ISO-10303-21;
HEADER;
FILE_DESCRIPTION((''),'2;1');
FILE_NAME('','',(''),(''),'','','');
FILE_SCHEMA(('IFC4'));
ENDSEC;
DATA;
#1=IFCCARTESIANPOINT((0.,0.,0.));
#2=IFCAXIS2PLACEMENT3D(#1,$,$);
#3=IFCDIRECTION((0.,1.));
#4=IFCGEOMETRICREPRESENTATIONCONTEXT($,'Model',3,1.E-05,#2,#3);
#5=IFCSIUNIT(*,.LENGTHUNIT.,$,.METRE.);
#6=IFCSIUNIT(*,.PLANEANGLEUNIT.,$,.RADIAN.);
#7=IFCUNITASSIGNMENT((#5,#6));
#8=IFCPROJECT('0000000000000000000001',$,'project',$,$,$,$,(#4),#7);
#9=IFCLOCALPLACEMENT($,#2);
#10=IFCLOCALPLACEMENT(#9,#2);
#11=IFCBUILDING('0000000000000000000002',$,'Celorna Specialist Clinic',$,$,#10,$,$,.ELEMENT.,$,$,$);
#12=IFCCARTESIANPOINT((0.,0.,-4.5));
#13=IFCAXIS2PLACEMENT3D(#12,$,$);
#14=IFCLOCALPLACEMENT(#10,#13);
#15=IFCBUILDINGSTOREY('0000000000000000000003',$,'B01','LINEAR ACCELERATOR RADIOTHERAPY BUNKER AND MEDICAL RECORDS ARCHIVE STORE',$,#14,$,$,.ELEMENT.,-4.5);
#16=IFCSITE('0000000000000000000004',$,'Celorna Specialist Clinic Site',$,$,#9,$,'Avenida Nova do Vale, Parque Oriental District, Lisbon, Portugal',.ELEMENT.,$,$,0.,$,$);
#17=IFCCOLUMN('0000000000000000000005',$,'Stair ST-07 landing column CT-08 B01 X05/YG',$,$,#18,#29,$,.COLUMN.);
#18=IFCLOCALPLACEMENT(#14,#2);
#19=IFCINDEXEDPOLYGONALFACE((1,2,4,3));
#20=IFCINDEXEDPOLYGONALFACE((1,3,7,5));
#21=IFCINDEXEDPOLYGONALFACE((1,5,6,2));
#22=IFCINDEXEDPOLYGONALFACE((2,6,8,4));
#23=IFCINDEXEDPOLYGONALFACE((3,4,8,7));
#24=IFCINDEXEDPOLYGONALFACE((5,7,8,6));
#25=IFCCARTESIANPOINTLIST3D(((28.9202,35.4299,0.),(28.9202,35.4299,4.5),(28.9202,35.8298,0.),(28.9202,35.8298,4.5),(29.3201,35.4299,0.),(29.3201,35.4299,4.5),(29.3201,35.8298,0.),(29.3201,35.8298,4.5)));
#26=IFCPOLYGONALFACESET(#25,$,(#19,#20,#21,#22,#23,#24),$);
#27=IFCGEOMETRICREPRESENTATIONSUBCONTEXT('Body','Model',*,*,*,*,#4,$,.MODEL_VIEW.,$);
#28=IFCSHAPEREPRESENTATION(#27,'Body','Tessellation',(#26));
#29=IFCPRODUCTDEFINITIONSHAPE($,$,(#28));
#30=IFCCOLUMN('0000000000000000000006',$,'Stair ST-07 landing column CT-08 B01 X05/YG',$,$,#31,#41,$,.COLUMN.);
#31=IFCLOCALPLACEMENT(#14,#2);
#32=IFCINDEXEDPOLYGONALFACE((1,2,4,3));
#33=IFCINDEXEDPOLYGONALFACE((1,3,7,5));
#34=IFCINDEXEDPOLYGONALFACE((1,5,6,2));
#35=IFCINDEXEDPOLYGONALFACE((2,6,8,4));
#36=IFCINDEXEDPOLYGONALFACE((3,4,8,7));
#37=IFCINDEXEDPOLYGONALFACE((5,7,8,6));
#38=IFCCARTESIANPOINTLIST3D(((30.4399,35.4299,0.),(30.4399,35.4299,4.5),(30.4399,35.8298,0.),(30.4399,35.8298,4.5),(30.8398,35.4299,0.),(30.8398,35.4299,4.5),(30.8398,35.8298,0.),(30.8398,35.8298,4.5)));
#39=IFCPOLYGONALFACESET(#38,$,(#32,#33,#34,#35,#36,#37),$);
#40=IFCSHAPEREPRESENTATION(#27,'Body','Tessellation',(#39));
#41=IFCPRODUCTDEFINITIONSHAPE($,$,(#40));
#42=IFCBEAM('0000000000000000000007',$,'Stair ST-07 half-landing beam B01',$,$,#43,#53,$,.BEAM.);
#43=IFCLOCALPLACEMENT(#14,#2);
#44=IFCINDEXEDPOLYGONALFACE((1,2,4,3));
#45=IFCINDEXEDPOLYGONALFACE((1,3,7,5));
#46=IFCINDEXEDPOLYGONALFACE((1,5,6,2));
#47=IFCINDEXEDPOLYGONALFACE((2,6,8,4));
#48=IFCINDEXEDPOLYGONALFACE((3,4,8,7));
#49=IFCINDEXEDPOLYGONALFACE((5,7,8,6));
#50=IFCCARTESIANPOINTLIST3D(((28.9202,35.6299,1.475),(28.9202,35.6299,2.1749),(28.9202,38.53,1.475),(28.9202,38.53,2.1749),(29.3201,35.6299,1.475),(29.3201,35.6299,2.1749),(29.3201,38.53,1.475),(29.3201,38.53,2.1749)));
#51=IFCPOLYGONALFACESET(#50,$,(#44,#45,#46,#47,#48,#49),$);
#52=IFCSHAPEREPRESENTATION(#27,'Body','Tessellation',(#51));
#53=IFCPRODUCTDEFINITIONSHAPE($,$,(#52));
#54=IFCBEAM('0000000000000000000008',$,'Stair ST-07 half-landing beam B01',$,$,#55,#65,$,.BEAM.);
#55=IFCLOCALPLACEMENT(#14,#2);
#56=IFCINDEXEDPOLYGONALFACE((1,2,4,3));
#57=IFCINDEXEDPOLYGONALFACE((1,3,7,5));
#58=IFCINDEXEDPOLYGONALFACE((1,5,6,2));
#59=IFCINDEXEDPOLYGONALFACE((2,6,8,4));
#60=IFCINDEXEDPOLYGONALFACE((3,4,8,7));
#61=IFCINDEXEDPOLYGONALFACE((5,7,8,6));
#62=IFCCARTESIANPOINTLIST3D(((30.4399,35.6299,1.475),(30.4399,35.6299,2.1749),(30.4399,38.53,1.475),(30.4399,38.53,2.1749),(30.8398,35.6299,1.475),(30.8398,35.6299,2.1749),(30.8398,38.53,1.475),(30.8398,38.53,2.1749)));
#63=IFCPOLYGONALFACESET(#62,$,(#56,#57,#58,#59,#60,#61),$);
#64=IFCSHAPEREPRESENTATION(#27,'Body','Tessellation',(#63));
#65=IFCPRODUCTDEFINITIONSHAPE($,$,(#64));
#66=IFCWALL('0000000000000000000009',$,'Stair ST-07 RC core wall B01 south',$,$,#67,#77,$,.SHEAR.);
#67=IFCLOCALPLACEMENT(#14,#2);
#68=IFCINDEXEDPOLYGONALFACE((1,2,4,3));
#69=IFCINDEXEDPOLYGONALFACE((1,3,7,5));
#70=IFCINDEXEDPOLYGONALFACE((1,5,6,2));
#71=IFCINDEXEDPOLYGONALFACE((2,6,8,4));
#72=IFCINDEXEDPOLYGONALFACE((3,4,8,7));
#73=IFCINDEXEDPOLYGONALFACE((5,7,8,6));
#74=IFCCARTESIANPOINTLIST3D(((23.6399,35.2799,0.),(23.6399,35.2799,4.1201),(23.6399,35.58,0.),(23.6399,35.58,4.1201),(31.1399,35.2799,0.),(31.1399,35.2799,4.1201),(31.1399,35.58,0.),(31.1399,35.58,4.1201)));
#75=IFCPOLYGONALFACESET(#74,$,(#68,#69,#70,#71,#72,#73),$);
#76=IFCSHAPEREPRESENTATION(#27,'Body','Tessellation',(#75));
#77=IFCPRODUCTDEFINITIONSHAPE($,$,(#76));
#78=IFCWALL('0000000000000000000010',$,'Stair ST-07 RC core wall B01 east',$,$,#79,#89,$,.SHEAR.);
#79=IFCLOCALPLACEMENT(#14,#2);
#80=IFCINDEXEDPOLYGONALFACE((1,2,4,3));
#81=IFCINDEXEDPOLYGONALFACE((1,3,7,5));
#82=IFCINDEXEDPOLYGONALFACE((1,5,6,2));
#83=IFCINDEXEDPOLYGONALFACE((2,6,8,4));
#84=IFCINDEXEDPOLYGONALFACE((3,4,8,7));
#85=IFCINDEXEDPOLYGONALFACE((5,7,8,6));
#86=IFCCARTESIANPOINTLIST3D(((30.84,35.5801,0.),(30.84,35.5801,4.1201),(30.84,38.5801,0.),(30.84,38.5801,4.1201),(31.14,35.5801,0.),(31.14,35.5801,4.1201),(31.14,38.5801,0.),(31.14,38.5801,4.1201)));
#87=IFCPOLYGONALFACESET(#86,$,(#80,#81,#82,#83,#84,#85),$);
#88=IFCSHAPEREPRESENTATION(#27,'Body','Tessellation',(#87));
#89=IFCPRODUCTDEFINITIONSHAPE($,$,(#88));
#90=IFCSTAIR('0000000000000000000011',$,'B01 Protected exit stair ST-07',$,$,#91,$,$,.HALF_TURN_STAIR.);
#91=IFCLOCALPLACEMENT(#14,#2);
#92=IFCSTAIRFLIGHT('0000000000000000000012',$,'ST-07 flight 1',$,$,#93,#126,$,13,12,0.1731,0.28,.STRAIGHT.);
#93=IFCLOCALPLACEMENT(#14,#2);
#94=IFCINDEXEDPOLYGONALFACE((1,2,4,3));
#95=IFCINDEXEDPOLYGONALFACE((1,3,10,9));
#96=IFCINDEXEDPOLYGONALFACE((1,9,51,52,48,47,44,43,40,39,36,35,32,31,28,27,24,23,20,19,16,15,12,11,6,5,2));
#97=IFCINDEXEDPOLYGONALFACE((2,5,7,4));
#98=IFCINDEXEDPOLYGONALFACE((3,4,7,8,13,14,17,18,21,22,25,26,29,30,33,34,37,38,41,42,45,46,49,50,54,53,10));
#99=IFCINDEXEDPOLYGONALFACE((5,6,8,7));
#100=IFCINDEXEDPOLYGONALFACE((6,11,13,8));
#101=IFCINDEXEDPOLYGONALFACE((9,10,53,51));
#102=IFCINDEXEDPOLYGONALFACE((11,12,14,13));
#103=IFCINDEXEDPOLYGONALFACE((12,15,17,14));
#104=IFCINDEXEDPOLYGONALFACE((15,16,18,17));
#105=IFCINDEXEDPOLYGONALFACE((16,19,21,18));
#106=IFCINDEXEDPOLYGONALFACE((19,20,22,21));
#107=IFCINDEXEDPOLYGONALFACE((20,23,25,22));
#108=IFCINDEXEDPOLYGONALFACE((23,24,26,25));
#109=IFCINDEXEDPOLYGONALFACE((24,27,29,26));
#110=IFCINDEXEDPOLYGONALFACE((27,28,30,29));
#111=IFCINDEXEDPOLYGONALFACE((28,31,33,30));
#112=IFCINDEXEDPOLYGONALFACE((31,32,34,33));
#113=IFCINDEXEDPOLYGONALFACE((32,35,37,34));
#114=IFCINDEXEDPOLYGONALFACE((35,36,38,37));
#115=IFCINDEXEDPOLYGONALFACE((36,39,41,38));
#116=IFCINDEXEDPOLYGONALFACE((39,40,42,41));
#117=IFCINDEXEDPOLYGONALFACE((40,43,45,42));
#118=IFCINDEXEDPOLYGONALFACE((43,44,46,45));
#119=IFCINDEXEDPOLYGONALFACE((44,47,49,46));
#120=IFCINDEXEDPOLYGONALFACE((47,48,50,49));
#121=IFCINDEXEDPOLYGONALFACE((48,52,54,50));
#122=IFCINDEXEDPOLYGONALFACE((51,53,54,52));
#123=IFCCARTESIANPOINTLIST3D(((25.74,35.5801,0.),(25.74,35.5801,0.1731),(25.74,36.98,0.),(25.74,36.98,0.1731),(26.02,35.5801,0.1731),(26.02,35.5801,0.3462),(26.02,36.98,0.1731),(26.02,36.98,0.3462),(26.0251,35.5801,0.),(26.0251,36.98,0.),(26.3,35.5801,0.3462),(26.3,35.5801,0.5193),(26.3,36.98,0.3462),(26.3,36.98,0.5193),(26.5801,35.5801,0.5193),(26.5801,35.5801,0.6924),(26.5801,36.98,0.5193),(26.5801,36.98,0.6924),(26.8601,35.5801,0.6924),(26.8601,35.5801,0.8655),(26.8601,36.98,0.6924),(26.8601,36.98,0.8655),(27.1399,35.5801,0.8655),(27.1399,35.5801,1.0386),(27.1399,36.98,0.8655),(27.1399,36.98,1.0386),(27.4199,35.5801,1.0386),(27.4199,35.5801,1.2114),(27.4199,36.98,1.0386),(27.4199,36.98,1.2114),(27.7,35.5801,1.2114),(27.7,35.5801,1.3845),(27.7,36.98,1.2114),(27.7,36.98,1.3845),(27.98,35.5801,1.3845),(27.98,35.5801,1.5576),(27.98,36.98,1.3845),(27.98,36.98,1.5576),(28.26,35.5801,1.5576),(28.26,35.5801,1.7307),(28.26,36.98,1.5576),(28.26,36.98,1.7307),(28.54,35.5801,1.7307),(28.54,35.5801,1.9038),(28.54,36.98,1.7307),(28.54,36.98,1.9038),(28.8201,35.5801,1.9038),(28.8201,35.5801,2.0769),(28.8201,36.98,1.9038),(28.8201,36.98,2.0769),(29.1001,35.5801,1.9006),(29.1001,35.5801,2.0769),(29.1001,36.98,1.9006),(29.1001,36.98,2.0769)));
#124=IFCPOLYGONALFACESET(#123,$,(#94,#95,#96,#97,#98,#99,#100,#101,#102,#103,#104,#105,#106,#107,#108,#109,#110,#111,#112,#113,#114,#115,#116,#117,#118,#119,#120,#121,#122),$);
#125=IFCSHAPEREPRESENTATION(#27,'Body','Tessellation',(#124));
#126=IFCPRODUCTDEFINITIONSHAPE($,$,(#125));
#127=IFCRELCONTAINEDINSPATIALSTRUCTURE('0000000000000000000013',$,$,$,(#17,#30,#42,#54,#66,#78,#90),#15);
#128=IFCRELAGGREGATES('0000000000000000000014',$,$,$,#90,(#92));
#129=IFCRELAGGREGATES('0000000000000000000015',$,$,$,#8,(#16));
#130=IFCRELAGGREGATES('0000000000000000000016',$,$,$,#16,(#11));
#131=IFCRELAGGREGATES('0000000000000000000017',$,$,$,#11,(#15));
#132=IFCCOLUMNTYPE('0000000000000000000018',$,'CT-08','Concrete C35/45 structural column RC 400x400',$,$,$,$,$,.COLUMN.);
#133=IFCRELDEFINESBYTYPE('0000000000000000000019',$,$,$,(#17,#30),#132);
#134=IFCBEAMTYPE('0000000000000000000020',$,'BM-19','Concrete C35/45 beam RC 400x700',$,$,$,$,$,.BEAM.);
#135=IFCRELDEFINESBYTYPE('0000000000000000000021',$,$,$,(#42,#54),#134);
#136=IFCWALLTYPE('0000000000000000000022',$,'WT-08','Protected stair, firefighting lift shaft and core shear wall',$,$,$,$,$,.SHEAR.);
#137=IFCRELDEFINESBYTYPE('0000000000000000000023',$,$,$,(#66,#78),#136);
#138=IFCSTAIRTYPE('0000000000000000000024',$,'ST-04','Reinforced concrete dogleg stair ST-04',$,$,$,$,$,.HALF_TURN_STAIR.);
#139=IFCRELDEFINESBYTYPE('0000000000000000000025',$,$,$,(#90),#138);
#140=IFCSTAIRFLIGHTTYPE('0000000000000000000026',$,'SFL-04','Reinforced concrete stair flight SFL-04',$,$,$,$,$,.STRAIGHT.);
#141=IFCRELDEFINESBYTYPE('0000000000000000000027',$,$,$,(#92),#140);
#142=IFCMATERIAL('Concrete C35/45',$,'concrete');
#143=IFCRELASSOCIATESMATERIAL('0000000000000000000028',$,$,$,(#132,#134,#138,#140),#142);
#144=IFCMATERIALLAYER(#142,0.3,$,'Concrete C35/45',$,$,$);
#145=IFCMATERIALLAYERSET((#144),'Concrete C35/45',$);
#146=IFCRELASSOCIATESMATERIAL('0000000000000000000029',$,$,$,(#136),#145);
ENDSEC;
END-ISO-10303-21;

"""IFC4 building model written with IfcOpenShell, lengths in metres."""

from ifc_helpers import new_model, si_unit, direction, frame, frame_2d, origin, origin_2d, place, context, subcontext, project, spatial, polyline, rectangle, outline, extrude, material, layer, layer_set, material_profile, profile_set, type_object, element, aggregate, save


model = new_model("IFC4")

# Units and contexts
model_context = context("Model", 3, precision=1e-05, world=origin(), true_north=direction((0.0, 1.0)))
body_context = subcontext(model_context, "Body", "Model", "MODEL_VIEW")
ifc_project = project(units=[si_unit("LENGTHUNIT", "METRE"), si_unit("PLANEANGLEUNIT", "RADIAN")], contexts=[model_context])

# Site, building, storey
site_placement = place(None, origin())
site = spatial("IfcSite", under=ifc_project, at=site_placement, Name="Celorna Specialist Clinic Site", LongName="Avenida Nova do Vale, Parque Oriental District, Lisbon, Portugal", CompositionType="ELEMENT", RefElevation=0.0)
building_placement = place(site_placement, origin())
building = spatial("IfcBuilding", under=site, at=building_placement, Name="Celorna Specialist Clinic", CompositionType="ELEMENT")
storey_placement = place(building_placement, frame((0.0, 0.0, -4.5)))
storey = spatial("IfcBuildingStorey", under=building, at=storey_placement, Name="B01", Description="LINEAR ACCELERATOR RADIOTHERAPY BUNKER AND MEDICAL RECORDS ARCHIVE STORE", CompositionType="ELEMENT", Elevation=-4.5)

# Shared definitions
ifc_material_1 = material(Name="Concrete C35/45", Category="concrete")

# Columns
ifc_material_profile_1 = material_profile(ifc_material_1, rectangle(XDim=0.3999, YDim=0.3999, at=origin_2d()), Name="RC 400x400")
ifc_profile_set_1 = profile_set([ifc_material_profile_1], Name="Concrete C35/45")
column_type_1 = type_object("IfcColumnType", Name="CT-08", Description="Concrete C35/45 structural column RC 400x400", PredefinedType="COLUMN", material=ifc_profile_set_1)
for number, where, z_axis, x_axis, name in (
    (1, (29.1201, 35.6299, 0.0), (0.0, 0.0, 1.0), (1.0, 0.0, 0.0), "Stair ST-07 landing column CT-08 B01 X05/YG"),
    (2, (30.6399, 35.6299, 0.0), (0.0, 0.0, 1.0), (1.0, 0.0, 0.0), "Stair ST-07 landing column CT-08 B01 X05/YG"),
):
    element("IfcColumn", number, at=place(storey_placement, frame(where, z_axis=z_axis, x_axis=x_axis)), inside=storey, type_object=column_type_1, Name=name, PredefinedType="COLUMN", context=body_context, shape_type="SweptSolid", body=[
        extrude(rectangle(XDim=0.3999, YDim=0.3999, at=origin_2d()), origin(), (0.0, 0.0, 1.0), 4.5),
    ])

# Beams
ifc_material_profile_2 = material_profile(ifc_material_1, rectangle(XDim=0.3999, YDim=0.7, at=origin_2d()), Name="RC 400x700")
ifc_profile_set_2 = profile_set([ifc_material_profile_2], Name="Concrete C35/45")
beam_type = type_object("IfcBeamType", Name="BM-19", Description="Concrete C35/45 beam RC 400x700", PredefinedType="BEAM", material=ifc_profile_set_2)
for number, where, z_axis, x_axis, name in (
    (3, (29.1201, 35.6299, 1.825), (0.0, 1.0, 0.0), (-1.0, 0.0, 0.0), "Stair ST-07 half-landing beam B01"),
    (4, (30.6399, 35.6299, 1.825), (0.0, 1.0, 0.0), (-1.0, 0.0, 0.0), "Stair ST-07 half-landing beam B01"),
):
    element("IfcBeam", number, at=place(storey_placement, frame(where, z_axis=z_axis, x_axis=x_axis)), inside=storey, type_object=beam_type, Name=name, PredefinedType="BEAM", context=body_context, shape_type="SweptSolid", body=[
        extrude(rectangle(XDim=0.3999, YDim=0.7, at=origin_2d()), origin(), (0.0, 0.0, 1.0), 2.9001),
    ])

# Walls
ifc_layer = layer(ifc_material_1, 0.3, Name="Concrete C35/45")
ifc_layer_set = layer_set([ifc_layer], Name="Concrete C35/45")
wall_type = type_object("IfcWallType", Name="WT-08", Description="Protected stair, firefighting lift shaft and core shear wall", PredefinedType="SHEAR", material=ifc_layer_set)
wall_1_placement = place(storey_placement, frame((23.6399, 35.4299, 0.0), z_axis=(0.0, 0.0, 1.0), x_axis=(1.0, 0.0, 0.0)))
element("IfcWall", 5, at=wall_1_placement, inside=storey, type_object=wall_type, Name="Stair ST-07 RC core wall B01 south", PredefinedType="SHEAR", context=body_context, shape_type="SweptSolid", body=[
    extrude(rectangle(XDim=7.5, YDim=0.3, at=frame_2d((3.75, 0.0))), origin(), (0.0, 0.0, 1.0), 4.1201),
])
wall_2_placement = place(storey_placement, frame((30.99, 35.5801, 0.0), z_axis=(0.0, 0.0, 1.0), x_axis=(0.0, 1.0, 0.0)))
element("IfcWall", 6, at=wall_2_placement, inside=storey, type_object=wall_type, Name="Stair ST-07 RC core wall B01 east", PredefinedType="SHEAR", context=body_context, shape_type="SweptSolid", body=[
    extrude(rectangle(XDim=3.0, YDim=0.3, at=frame_2d((1.5, 0.0))), origin(), (0.0, 0.0, 1.0), 4.1201),
])

# Stair, stair flight
stair_type = type_object("IfcStairType", Name="ST-04", Description="Reinforced concrete dogleg stair ST-04", PredefinedType="HALF_TURN_STAIR", material=ifc_material_1)
stair_placement = place(storey_placement, origin())
stair = element("IfcStair", 7, at=stair_placement, inside=storey, type_object=stair_type, Name="B01 Protected exit stair ST-07", PredefinedType="HALF_TURN_STAIR")
stair_flight_type = type_object("IfcStairFlightType", Name="SFL-04", Description="Reinforced concrete stair flight SFL-04", PredefinedType="STRAIGHT", material=ifc_material_1)
stair_flight_placement = place(storey_placement, frame((25.74, 36.28, 0.0), z_axis=(0.0, 0.0, 1.0), x_axis=(1.0, 0.0, 0.0)))
stair_flight = element("IfcStairFlight", 8, at=stair_flight_placement, type_object=stair_flight_type, Name="ST-07 flight 1", NumberOfRisers=13, NumberOfTreads=12, PredefinedType="STRAIGHT", RiserHeight=0.1731, TreadLength=0.28, context=body_context, shape_type="SweptSolid", body=[
    extrude(outline(polyline([(0.0, 0.0), (0.0, 0.1731), (0.28, 0.1731), (0.28, 0.3462), (0.5601, 0.3462), (0.5601, 0.5193), (0.8401, 0.5193), (0.8401, 0.6924), (1.1201, 0.6924), (1.1201, 0.8655), (1.3999, 0.8655), (1.3999, 1.0386), (1.6799, 1.0386), (1.6799, 1.2114), (1.96, 1.2114), (1.96, 1.3845), (2.24, 1.3845), (2.24, 1.5576), (2.52, 1.5576), (2.52, 1.7307), (2.8, 1.7307), (2.8, 1.9038), (3.0801, 1.9038), (3.0801, 2.0769), (3.3601, 2.0769), (3.3601, 2.25), (3.3601, 1.9006), (0.2852, 0.0), (0.0, 0.0)])), frame((0.0, 0.7, 0.0), z_axis=(0.0, -1.0, 0.0), x_axis=(1.0, 0.0, 0.0)), (0.0, 0.0, 1.0), 1.3999),
])
aggregate(stair, [stair_flight])

save(model, "model.ifc")
